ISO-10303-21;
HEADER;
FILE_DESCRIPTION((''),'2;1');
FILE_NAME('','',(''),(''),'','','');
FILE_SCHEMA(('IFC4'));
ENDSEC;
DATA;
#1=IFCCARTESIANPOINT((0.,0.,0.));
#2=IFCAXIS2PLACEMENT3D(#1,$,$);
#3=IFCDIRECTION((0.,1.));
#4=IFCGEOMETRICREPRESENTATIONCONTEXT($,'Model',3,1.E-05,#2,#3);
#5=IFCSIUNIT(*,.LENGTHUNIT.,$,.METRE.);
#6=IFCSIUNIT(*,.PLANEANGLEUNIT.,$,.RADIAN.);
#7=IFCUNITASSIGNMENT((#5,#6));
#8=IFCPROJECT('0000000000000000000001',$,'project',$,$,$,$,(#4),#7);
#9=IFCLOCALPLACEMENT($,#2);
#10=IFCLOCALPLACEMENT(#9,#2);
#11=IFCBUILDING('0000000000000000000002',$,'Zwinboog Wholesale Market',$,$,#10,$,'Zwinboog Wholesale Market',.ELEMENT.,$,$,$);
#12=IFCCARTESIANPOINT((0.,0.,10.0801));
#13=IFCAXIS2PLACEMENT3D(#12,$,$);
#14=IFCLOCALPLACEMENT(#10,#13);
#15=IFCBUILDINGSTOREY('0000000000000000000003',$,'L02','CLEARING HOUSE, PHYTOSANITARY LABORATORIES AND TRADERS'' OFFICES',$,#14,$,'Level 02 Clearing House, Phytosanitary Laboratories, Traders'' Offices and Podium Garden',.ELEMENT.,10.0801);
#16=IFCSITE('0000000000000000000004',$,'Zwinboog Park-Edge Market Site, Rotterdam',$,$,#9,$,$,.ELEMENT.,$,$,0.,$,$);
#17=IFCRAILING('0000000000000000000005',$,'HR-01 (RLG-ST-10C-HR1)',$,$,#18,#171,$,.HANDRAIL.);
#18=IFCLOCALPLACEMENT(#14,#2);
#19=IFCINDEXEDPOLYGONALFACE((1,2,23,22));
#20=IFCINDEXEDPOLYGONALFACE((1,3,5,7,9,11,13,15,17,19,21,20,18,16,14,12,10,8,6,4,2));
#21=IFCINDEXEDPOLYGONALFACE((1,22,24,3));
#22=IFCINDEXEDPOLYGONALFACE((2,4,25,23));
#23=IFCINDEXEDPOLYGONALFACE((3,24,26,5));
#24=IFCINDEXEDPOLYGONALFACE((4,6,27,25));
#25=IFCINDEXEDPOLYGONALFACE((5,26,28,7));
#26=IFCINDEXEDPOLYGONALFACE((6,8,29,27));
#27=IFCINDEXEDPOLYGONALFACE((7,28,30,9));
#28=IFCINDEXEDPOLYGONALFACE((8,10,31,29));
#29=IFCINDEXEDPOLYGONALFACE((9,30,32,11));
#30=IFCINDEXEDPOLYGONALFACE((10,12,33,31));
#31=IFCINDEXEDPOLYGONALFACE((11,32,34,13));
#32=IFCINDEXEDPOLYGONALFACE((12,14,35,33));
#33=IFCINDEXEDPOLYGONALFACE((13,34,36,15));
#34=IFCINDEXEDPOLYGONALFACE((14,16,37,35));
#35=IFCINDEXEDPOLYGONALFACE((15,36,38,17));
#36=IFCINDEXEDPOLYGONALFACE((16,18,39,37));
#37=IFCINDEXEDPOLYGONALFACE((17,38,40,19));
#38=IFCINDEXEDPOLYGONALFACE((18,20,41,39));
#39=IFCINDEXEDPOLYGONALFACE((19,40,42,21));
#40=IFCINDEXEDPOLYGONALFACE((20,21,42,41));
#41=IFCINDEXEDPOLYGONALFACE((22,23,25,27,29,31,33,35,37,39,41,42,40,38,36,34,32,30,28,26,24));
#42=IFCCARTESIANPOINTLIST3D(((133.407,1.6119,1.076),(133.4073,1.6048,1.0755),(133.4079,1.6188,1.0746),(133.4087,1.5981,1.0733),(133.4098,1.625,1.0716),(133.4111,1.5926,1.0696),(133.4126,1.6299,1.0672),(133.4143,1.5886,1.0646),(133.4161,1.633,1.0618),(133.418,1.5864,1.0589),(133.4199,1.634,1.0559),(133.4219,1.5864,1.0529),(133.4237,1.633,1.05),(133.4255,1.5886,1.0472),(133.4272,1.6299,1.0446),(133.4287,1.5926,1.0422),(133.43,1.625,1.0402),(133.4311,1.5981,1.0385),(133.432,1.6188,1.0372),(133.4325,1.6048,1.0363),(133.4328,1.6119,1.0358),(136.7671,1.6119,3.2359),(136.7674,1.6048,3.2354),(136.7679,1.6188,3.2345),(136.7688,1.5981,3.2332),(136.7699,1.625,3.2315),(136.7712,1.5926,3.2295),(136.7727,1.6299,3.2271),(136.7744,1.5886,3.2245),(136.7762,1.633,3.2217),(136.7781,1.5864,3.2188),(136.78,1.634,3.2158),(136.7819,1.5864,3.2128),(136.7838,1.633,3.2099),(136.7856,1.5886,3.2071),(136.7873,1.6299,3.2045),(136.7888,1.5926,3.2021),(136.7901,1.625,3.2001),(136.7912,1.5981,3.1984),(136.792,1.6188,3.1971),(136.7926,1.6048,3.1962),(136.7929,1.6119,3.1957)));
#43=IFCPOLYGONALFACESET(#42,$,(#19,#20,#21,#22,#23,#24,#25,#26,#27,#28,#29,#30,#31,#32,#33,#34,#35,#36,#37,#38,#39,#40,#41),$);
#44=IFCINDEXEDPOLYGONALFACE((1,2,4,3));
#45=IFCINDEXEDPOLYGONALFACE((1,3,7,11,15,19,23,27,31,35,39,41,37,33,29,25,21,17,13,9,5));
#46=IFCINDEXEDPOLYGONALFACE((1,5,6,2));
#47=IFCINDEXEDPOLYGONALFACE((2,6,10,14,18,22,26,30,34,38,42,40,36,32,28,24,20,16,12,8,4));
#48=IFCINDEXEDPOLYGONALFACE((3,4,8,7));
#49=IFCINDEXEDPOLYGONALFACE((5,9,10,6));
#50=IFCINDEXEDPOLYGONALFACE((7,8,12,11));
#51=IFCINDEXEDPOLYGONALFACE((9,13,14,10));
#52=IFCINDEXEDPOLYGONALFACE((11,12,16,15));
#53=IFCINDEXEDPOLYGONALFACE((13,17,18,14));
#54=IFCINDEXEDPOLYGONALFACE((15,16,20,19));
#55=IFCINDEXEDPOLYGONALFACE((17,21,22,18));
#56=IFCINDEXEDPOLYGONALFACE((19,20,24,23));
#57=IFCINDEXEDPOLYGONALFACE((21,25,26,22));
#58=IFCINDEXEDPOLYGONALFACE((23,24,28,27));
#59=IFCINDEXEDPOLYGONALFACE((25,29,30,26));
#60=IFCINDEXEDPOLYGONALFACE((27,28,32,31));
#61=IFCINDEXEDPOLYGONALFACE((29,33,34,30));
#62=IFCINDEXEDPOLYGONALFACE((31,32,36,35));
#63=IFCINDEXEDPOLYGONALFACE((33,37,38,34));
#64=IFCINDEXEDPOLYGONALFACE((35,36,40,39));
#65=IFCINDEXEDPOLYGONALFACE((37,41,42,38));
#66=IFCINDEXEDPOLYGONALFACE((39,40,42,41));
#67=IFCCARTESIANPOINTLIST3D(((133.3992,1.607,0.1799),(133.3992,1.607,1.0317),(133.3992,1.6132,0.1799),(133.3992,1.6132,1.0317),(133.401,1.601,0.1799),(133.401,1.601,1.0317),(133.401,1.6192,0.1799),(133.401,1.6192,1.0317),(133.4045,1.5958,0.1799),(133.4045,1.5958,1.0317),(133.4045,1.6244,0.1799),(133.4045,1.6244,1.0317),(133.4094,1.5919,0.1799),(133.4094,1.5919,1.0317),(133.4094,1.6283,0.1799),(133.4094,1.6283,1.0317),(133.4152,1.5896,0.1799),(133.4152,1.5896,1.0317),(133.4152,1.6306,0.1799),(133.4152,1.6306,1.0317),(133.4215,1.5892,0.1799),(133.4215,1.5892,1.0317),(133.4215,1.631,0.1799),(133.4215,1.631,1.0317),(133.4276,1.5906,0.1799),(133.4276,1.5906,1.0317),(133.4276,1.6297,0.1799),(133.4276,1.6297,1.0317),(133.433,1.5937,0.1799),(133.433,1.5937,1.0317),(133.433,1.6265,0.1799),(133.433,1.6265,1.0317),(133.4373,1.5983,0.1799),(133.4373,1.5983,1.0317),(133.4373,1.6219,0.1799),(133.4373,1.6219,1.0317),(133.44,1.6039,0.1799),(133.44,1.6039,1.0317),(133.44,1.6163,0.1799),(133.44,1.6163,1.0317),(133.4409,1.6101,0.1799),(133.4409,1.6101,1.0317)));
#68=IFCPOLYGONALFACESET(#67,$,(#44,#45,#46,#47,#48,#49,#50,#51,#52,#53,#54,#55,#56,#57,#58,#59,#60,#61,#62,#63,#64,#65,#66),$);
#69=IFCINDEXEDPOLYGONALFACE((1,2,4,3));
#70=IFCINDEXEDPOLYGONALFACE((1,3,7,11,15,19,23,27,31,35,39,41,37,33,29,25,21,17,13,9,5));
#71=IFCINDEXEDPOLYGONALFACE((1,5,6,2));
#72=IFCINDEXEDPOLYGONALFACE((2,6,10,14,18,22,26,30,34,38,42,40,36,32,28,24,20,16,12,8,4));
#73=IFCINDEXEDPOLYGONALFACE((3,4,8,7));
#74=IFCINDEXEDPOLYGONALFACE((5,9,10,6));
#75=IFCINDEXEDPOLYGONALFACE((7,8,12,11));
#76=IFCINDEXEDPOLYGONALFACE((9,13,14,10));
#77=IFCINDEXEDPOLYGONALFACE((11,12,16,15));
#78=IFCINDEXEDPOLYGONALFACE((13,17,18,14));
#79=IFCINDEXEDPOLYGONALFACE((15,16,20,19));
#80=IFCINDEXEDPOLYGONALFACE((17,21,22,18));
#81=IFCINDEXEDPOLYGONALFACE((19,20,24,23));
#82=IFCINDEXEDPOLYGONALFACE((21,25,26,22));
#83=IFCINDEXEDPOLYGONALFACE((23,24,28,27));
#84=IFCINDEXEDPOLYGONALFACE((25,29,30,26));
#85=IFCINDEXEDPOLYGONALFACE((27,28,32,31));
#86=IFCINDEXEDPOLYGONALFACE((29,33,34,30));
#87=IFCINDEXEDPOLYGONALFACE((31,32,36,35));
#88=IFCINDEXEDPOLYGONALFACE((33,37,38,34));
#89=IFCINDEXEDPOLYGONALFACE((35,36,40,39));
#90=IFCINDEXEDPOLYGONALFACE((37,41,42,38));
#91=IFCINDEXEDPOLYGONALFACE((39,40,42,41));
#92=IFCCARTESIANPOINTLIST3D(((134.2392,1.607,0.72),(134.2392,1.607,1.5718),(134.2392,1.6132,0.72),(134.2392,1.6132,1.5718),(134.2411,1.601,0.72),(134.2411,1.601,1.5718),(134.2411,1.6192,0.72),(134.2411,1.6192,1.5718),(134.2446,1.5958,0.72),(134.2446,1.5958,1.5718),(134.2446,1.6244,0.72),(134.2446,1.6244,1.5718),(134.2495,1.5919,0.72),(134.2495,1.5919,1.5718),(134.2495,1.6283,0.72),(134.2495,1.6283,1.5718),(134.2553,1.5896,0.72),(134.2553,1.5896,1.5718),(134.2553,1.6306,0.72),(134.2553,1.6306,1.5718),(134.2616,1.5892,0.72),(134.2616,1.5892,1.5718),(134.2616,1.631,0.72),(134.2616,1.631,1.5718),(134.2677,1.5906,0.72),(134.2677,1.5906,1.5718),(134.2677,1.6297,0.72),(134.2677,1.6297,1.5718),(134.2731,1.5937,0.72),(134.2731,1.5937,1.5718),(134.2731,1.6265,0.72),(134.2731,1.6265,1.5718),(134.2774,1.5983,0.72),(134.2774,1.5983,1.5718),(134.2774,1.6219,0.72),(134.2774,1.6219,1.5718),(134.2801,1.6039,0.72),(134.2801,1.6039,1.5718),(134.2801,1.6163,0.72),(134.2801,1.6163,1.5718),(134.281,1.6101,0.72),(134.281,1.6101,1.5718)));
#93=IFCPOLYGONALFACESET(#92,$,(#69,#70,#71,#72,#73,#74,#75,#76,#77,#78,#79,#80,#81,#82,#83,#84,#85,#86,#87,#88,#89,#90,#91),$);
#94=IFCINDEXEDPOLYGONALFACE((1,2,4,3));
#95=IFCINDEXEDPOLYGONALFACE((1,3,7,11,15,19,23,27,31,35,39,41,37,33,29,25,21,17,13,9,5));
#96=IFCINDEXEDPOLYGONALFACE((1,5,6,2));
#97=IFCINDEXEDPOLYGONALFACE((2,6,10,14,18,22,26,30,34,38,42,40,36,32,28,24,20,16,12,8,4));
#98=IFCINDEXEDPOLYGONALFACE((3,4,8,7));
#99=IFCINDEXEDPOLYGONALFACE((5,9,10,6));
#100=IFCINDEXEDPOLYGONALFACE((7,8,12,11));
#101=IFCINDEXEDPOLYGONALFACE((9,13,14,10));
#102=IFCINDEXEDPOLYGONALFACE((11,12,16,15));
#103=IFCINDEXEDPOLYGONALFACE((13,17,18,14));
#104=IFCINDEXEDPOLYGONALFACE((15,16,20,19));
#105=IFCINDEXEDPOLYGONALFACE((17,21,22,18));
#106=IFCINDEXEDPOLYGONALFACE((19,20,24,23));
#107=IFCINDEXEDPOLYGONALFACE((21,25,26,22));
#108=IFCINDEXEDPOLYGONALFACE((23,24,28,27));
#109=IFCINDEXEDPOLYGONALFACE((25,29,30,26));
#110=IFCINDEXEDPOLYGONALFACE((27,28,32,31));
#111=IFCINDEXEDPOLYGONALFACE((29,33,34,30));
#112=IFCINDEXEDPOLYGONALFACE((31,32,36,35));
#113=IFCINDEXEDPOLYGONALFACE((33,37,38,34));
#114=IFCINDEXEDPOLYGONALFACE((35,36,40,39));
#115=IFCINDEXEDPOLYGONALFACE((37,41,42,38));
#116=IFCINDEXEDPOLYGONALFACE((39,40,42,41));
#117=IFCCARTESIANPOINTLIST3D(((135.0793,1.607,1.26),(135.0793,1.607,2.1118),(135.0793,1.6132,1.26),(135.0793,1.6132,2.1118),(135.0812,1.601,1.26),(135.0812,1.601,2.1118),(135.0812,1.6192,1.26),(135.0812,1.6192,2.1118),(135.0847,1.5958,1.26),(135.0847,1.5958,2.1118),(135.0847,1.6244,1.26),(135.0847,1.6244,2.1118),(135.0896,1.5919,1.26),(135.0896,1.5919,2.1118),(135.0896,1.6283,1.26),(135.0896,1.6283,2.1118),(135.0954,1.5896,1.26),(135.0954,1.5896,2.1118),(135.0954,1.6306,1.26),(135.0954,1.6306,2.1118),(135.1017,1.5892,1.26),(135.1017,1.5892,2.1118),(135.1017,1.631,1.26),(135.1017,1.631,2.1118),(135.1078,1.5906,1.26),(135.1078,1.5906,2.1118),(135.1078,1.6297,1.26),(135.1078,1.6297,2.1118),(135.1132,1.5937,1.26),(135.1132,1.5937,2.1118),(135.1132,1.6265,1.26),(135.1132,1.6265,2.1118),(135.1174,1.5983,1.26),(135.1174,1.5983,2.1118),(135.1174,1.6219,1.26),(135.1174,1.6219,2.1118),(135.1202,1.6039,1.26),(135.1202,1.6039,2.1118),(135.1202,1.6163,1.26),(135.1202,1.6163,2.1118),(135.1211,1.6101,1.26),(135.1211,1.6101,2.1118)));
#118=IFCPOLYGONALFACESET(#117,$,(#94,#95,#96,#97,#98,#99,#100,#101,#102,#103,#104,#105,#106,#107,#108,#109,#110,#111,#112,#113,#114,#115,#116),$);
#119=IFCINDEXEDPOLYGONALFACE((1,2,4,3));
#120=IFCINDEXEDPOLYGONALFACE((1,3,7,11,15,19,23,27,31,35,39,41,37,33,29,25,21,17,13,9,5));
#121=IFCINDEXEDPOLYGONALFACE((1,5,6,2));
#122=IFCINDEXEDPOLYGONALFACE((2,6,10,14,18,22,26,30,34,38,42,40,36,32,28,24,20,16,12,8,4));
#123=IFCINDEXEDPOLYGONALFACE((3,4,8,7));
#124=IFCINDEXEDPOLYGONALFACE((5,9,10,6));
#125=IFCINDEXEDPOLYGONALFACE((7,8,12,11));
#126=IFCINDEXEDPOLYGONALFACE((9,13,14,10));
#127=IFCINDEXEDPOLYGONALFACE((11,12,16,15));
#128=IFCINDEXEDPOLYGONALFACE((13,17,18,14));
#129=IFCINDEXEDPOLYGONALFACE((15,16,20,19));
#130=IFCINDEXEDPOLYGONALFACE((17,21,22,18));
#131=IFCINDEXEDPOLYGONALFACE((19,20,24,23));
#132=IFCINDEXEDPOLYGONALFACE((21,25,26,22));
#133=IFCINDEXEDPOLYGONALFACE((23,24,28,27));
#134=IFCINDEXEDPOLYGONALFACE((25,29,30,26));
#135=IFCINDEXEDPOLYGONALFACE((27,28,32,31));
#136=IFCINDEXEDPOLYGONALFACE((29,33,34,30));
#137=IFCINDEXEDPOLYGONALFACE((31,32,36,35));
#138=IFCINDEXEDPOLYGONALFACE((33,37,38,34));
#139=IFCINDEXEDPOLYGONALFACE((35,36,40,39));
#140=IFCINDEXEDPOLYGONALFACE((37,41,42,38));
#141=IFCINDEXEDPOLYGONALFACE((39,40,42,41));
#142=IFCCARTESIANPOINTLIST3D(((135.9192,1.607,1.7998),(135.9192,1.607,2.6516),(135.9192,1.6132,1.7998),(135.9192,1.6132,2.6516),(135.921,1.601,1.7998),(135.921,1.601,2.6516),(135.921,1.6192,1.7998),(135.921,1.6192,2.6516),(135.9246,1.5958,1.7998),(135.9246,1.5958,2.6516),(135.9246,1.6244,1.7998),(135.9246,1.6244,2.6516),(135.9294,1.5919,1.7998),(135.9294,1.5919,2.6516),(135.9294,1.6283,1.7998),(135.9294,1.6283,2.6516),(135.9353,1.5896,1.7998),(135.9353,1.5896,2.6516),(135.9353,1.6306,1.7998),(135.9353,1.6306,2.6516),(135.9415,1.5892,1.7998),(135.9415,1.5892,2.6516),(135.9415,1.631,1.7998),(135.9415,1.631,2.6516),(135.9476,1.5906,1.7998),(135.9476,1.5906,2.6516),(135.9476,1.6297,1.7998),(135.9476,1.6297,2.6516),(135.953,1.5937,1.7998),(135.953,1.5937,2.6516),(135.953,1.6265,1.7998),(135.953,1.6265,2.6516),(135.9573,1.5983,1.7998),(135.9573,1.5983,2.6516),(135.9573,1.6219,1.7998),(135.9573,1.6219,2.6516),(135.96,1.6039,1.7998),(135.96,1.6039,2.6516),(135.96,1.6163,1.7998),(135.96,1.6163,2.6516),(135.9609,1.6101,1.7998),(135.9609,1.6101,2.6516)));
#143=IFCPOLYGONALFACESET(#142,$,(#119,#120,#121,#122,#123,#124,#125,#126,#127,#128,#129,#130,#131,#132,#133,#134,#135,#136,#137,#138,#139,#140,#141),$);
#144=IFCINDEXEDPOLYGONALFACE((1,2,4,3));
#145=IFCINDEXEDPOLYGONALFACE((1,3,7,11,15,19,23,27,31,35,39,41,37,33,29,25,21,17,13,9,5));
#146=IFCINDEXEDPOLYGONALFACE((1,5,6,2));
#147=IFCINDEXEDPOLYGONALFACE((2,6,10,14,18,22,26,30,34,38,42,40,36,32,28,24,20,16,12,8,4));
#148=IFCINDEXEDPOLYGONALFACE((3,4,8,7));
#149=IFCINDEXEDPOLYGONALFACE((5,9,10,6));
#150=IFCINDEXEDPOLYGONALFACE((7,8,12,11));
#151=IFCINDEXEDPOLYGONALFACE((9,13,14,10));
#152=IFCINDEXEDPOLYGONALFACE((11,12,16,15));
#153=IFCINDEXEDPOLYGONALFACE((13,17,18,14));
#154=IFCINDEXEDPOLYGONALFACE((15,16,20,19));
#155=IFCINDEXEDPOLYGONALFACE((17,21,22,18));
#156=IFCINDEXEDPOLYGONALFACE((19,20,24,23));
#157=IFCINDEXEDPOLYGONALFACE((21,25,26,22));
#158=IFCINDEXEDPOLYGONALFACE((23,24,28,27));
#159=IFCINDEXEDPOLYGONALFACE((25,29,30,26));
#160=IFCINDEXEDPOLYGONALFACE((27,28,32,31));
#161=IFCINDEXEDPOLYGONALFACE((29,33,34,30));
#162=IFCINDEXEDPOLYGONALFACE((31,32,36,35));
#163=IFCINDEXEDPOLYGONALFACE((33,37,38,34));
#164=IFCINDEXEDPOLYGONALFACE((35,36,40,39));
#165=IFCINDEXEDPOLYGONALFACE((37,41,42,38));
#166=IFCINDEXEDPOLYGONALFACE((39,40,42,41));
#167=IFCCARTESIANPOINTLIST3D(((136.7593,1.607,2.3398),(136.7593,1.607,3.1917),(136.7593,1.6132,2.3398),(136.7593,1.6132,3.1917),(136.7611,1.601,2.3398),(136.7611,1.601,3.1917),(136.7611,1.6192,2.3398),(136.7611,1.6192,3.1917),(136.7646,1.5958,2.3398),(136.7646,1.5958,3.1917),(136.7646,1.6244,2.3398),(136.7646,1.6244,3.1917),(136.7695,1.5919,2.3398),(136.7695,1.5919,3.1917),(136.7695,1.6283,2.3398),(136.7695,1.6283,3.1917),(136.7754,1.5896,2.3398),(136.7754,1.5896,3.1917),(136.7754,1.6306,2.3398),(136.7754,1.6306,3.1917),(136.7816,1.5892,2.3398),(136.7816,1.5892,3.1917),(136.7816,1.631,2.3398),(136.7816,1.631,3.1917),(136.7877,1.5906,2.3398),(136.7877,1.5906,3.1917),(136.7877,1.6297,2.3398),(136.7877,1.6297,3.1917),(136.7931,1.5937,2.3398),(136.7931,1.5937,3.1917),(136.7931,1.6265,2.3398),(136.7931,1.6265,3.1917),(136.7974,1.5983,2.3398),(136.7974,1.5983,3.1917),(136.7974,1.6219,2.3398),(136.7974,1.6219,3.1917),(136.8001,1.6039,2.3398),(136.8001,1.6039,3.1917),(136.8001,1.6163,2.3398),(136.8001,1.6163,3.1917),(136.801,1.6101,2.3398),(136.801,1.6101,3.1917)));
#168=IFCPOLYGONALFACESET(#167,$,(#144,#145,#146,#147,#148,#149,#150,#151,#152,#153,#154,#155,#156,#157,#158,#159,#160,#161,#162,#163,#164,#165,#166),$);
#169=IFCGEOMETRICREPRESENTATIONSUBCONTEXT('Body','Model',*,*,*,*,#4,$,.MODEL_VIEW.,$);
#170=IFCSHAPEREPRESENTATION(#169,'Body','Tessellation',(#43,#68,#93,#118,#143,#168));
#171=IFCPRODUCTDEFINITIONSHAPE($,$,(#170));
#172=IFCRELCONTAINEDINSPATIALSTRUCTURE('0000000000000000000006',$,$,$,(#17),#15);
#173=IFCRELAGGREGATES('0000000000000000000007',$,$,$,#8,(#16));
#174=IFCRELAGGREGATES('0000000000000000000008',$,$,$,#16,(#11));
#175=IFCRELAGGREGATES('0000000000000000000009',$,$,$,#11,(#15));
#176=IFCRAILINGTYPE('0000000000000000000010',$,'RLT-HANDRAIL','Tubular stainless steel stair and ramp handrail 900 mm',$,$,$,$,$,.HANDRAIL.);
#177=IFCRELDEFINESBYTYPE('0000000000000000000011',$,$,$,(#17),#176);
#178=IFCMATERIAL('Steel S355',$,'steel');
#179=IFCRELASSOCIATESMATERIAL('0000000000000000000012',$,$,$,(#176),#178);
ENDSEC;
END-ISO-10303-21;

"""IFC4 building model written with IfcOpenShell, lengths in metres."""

from ifc_helpers import new_model, si_unit, direction, frame, origin, origin_2d, place, context, subcontext, project, spatial, circle, extrude, material, type_object, element, save


model = new_model("IFC4")

# Units and contexts
model_context = context("Model", 3, precision=1e-05, world=origin(), true_north=direction((0.0, 1.0)))
body_context = subcontext(model_context, "Body", "Model", "MODEL_VIEW")
ifc_project = project(units=[si_unit("LENGTHUNIT", "METRE"), si_unit("PLANEANGLEUNIT", "RADIAN")], contexts=[model_context])

# Site, building, storey
site_placement = place(None, origin())
site = spatial("IfcSite", under=ifc_project, at=site_placement, Name="Zwinboog Park-Edge Market Site, Rotterdam", CompositionType="ELEMENT", RefElevation=0.0)
building_placement = place(site_placement, origin())
building = spatial("IfcBuilding", under=site, at=building_placement, Name="Zwinboog Wholesale Market", LongName="Zwinboog Wholesale Market", CompositionType="ELEMENT")
storey_placement = place(building_placement, frame((0.0, 0.0, 10.0801)))
storey = spatial("IfcBuildingStorey", under=building, at=storey_placement, Name="L02", Description="CLEARING HOUSE, PHYTOSANITARY LABORATORIES AND TRADERS' OFFICES", LongName="Level 02 Clearing House, Phytosanitary Laboratories, Traders' Offices and Podium Garden", CompositionType="ELEMENT", Elevation=10.0801)

# Shared definitions
ifc_material_1 = material(Name="Steel S355", Category="steel")

# Railing
railing_type_1 = type_object("IfcRailingType", Name="RLT-HANDRAIL", Description="Tubular stainless steel stair and ramp handrail 900 mm", PredefinedType="HANDRAIL", material=ifc_material_1)
railing_1_placement = place(storey_placement, frame((133.4199, 1.6101, 0.1799)))
element("IfcRailing", 1, at=railing_1_placement, inside=storey, type_object=railing_type_1, Name="HR-01 (RLG-ST-10C-HR1)", PredefinedType="HANDRAIL", context=body_context, shape_type="SweptSolid", body=[
    extrude(circle(Radius=0.0239, at=origin_2d()), frame((0.0, 0.0, 0.876), z_axis=(0.841196, 0.0, 0.54073), x_axis=(0.0, 1.0, 0.0)), (0.0, 0.0, 1.0), 3.9944),
    extrude(circle(Radius=0.021, at=origin_2d()), origin(), (0.0, 0.0, 1.0), 0.8518),
    extrude(circle(Radius=0.021, at=origin_2d()), frame((0.8401, 0.0, 0.54)), (0.0, 0.0, 1.0), 0.8518),
    extrude(circle(Radius=0.021, at=origin_2d()), frame((1.6802, 0.0, 1.0801)), (0.0, 0.0, 1.0), 0.8518),
    extrude(circle(Radius=0.021, at=origin_2d()), frame((2.52, 0.0, 1.6199)), (0.0, 0.0, 1.0), 0.8518),
    extrude(circle(Radius=0.021, at=origin_2d()), frame((3.3601, 0.0, 2.1599)), (0.0, 0.0, 1.0), 0.8518),
])

save(model, "model.ifc")
